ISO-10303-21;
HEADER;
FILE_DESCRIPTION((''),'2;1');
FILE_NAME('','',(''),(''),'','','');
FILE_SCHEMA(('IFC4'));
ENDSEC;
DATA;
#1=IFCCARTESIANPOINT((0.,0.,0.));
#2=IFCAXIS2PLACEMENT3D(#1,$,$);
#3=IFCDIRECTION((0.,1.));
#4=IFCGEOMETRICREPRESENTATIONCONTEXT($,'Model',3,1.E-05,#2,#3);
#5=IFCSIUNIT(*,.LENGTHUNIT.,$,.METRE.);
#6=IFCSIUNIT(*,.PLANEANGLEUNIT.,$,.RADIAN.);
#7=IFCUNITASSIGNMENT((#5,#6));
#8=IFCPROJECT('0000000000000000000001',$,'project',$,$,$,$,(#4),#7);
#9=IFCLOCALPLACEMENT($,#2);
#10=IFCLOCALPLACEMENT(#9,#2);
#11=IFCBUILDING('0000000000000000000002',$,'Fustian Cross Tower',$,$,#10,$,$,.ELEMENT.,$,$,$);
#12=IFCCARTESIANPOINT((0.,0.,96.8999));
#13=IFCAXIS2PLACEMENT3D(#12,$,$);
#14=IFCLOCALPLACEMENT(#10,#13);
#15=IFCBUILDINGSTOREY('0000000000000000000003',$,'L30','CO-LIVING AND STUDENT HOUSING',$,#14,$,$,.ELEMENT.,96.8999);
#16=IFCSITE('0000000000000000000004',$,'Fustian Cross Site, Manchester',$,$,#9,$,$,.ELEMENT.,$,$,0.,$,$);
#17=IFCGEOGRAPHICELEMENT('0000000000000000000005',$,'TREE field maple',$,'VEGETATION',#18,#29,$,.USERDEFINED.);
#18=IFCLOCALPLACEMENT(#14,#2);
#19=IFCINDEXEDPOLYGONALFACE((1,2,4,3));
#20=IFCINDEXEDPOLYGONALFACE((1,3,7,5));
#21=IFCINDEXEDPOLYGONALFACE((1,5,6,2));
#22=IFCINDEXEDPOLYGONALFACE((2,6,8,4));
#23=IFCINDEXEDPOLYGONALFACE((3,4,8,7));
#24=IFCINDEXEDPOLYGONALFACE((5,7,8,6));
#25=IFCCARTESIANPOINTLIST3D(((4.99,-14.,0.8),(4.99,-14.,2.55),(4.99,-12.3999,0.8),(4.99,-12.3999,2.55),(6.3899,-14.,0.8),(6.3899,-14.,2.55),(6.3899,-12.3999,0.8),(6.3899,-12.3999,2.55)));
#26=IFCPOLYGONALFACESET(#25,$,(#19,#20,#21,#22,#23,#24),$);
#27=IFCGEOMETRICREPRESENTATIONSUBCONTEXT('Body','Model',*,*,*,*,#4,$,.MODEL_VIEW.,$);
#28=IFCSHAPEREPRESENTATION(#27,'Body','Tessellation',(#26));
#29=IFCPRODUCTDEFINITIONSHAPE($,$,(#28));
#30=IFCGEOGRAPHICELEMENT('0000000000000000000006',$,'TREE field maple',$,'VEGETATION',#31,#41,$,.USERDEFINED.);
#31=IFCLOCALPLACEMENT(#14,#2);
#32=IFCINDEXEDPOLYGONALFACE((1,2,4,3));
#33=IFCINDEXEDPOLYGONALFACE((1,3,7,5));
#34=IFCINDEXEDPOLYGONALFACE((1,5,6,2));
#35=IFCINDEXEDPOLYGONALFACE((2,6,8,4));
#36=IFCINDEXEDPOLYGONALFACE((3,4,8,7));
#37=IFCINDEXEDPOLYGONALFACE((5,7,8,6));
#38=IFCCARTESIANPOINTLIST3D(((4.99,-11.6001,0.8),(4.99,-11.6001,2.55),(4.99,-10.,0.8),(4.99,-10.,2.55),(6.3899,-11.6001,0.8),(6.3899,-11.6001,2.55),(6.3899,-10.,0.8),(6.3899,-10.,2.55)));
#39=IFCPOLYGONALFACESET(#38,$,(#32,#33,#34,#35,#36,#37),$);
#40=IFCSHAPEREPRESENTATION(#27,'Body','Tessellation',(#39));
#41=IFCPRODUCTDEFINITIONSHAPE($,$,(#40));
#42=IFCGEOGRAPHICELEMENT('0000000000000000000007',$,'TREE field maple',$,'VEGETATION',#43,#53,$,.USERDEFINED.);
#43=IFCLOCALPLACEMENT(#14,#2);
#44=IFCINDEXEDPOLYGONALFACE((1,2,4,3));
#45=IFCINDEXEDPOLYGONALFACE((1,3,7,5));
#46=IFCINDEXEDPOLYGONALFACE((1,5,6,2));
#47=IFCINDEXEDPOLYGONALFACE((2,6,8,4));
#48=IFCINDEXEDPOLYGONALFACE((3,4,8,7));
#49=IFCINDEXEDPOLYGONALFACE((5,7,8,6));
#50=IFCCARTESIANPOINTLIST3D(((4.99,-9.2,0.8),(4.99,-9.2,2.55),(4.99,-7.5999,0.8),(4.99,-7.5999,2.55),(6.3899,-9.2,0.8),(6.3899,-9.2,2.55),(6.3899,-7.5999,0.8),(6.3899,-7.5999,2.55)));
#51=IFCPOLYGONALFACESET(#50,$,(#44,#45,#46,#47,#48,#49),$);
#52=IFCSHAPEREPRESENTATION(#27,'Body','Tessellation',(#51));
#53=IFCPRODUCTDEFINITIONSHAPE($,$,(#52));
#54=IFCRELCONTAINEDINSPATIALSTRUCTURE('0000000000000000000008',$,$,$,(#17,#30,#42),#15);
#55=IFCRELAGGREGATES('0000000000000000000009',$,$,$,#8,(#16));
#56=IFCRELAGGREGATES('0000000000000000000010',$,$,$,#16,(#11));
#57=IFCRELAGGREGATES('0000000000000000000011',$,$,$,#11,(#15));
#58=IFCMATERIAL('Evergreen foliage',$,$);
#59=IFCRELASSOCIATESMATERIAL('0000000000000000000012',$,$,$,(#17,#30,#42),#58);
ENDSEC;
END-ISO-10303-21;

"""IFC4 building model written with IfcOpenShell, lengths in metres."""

from ifc_helpers import new_model, si_unit, direction, frame, origin, origin_2d, place, context, subcontext, project, spatial, rectangle, extrude, material, element, save


model = new_model("IFC4")

# Units and contexts
model_context = context("Model", 3, precision=1e-05, world=origin(), true_north=direction((0.0, 1.0)))
body_context = subcontext(model_context, "Body", "Model", "MODEL_VIEW")
ifc_project = project(units=[si_unit("LENGTHUNIT", "METRE"), si_unit("PLANEANGLEUNIT", "RADIAN")], contexts=[model_context])

# Site, building, storey
site_placement = place(None, origin())
site = spatial("IfcSite", under=ifc_project, at=site_placement, Name="Fustian Cross Site, Manchester", CompositionType="ELEMENT", RefElevation=0.0)
building_placement = place(site_placement, origin())
building = spatial("IfcBuilding", under=site, at=building_placement, Name="Fustian Cross Tower", CompositionType="ELEMENT")
storey_placement = place(building_placement, frame((0.0, 0.0, 96.8999)))
storey = spatial("IfcBuildingStorey", under=building, at=storey_placement, Name="L30", Description="CO-LIVING AND STUDENT HOUSING", CompositionType="ELEMENT", Elevation=96.8999)

# Geographic elements
ifc_material_1 = material(Name="Evergreen foliage")
for number, where, z_axis, x_axis, name in (
    (1, (5.6899, -13.2, 0.8), (0.0, 0.0, 1.0), (1.0, 0.0, 0.0), "TREE field maple"),
    (2, (5.6899, -10.8, 0.8), (0.0, 0.0, 1.0), (1.0, 0.0, 0.0), "TREE field maple"),
    (3, (5.6899, -8.3999, 0.8), (0.0, 0.0, 1.0), (1.0, 0.0, 0.0), "TREE field maple"),
):
    element("IfcGeographicElement", number, at=place(storey_placement, frame(where, z_axis=z_axis, x_axis=x_axis)), inside=storey, material=ifc_material_1, Name=name, ObjectType="VEGETATION", PredefinedType="USERDEFINED", context=body_context, shape_type="SweptSolid", body=[
        extrude(rectangle(XDim=1.3999, YDim=1.6001, at=origin_2d()), origin(), (0.0, 0.0, 1.0), 1.75),
    ])

save(model, "model.ifc")
